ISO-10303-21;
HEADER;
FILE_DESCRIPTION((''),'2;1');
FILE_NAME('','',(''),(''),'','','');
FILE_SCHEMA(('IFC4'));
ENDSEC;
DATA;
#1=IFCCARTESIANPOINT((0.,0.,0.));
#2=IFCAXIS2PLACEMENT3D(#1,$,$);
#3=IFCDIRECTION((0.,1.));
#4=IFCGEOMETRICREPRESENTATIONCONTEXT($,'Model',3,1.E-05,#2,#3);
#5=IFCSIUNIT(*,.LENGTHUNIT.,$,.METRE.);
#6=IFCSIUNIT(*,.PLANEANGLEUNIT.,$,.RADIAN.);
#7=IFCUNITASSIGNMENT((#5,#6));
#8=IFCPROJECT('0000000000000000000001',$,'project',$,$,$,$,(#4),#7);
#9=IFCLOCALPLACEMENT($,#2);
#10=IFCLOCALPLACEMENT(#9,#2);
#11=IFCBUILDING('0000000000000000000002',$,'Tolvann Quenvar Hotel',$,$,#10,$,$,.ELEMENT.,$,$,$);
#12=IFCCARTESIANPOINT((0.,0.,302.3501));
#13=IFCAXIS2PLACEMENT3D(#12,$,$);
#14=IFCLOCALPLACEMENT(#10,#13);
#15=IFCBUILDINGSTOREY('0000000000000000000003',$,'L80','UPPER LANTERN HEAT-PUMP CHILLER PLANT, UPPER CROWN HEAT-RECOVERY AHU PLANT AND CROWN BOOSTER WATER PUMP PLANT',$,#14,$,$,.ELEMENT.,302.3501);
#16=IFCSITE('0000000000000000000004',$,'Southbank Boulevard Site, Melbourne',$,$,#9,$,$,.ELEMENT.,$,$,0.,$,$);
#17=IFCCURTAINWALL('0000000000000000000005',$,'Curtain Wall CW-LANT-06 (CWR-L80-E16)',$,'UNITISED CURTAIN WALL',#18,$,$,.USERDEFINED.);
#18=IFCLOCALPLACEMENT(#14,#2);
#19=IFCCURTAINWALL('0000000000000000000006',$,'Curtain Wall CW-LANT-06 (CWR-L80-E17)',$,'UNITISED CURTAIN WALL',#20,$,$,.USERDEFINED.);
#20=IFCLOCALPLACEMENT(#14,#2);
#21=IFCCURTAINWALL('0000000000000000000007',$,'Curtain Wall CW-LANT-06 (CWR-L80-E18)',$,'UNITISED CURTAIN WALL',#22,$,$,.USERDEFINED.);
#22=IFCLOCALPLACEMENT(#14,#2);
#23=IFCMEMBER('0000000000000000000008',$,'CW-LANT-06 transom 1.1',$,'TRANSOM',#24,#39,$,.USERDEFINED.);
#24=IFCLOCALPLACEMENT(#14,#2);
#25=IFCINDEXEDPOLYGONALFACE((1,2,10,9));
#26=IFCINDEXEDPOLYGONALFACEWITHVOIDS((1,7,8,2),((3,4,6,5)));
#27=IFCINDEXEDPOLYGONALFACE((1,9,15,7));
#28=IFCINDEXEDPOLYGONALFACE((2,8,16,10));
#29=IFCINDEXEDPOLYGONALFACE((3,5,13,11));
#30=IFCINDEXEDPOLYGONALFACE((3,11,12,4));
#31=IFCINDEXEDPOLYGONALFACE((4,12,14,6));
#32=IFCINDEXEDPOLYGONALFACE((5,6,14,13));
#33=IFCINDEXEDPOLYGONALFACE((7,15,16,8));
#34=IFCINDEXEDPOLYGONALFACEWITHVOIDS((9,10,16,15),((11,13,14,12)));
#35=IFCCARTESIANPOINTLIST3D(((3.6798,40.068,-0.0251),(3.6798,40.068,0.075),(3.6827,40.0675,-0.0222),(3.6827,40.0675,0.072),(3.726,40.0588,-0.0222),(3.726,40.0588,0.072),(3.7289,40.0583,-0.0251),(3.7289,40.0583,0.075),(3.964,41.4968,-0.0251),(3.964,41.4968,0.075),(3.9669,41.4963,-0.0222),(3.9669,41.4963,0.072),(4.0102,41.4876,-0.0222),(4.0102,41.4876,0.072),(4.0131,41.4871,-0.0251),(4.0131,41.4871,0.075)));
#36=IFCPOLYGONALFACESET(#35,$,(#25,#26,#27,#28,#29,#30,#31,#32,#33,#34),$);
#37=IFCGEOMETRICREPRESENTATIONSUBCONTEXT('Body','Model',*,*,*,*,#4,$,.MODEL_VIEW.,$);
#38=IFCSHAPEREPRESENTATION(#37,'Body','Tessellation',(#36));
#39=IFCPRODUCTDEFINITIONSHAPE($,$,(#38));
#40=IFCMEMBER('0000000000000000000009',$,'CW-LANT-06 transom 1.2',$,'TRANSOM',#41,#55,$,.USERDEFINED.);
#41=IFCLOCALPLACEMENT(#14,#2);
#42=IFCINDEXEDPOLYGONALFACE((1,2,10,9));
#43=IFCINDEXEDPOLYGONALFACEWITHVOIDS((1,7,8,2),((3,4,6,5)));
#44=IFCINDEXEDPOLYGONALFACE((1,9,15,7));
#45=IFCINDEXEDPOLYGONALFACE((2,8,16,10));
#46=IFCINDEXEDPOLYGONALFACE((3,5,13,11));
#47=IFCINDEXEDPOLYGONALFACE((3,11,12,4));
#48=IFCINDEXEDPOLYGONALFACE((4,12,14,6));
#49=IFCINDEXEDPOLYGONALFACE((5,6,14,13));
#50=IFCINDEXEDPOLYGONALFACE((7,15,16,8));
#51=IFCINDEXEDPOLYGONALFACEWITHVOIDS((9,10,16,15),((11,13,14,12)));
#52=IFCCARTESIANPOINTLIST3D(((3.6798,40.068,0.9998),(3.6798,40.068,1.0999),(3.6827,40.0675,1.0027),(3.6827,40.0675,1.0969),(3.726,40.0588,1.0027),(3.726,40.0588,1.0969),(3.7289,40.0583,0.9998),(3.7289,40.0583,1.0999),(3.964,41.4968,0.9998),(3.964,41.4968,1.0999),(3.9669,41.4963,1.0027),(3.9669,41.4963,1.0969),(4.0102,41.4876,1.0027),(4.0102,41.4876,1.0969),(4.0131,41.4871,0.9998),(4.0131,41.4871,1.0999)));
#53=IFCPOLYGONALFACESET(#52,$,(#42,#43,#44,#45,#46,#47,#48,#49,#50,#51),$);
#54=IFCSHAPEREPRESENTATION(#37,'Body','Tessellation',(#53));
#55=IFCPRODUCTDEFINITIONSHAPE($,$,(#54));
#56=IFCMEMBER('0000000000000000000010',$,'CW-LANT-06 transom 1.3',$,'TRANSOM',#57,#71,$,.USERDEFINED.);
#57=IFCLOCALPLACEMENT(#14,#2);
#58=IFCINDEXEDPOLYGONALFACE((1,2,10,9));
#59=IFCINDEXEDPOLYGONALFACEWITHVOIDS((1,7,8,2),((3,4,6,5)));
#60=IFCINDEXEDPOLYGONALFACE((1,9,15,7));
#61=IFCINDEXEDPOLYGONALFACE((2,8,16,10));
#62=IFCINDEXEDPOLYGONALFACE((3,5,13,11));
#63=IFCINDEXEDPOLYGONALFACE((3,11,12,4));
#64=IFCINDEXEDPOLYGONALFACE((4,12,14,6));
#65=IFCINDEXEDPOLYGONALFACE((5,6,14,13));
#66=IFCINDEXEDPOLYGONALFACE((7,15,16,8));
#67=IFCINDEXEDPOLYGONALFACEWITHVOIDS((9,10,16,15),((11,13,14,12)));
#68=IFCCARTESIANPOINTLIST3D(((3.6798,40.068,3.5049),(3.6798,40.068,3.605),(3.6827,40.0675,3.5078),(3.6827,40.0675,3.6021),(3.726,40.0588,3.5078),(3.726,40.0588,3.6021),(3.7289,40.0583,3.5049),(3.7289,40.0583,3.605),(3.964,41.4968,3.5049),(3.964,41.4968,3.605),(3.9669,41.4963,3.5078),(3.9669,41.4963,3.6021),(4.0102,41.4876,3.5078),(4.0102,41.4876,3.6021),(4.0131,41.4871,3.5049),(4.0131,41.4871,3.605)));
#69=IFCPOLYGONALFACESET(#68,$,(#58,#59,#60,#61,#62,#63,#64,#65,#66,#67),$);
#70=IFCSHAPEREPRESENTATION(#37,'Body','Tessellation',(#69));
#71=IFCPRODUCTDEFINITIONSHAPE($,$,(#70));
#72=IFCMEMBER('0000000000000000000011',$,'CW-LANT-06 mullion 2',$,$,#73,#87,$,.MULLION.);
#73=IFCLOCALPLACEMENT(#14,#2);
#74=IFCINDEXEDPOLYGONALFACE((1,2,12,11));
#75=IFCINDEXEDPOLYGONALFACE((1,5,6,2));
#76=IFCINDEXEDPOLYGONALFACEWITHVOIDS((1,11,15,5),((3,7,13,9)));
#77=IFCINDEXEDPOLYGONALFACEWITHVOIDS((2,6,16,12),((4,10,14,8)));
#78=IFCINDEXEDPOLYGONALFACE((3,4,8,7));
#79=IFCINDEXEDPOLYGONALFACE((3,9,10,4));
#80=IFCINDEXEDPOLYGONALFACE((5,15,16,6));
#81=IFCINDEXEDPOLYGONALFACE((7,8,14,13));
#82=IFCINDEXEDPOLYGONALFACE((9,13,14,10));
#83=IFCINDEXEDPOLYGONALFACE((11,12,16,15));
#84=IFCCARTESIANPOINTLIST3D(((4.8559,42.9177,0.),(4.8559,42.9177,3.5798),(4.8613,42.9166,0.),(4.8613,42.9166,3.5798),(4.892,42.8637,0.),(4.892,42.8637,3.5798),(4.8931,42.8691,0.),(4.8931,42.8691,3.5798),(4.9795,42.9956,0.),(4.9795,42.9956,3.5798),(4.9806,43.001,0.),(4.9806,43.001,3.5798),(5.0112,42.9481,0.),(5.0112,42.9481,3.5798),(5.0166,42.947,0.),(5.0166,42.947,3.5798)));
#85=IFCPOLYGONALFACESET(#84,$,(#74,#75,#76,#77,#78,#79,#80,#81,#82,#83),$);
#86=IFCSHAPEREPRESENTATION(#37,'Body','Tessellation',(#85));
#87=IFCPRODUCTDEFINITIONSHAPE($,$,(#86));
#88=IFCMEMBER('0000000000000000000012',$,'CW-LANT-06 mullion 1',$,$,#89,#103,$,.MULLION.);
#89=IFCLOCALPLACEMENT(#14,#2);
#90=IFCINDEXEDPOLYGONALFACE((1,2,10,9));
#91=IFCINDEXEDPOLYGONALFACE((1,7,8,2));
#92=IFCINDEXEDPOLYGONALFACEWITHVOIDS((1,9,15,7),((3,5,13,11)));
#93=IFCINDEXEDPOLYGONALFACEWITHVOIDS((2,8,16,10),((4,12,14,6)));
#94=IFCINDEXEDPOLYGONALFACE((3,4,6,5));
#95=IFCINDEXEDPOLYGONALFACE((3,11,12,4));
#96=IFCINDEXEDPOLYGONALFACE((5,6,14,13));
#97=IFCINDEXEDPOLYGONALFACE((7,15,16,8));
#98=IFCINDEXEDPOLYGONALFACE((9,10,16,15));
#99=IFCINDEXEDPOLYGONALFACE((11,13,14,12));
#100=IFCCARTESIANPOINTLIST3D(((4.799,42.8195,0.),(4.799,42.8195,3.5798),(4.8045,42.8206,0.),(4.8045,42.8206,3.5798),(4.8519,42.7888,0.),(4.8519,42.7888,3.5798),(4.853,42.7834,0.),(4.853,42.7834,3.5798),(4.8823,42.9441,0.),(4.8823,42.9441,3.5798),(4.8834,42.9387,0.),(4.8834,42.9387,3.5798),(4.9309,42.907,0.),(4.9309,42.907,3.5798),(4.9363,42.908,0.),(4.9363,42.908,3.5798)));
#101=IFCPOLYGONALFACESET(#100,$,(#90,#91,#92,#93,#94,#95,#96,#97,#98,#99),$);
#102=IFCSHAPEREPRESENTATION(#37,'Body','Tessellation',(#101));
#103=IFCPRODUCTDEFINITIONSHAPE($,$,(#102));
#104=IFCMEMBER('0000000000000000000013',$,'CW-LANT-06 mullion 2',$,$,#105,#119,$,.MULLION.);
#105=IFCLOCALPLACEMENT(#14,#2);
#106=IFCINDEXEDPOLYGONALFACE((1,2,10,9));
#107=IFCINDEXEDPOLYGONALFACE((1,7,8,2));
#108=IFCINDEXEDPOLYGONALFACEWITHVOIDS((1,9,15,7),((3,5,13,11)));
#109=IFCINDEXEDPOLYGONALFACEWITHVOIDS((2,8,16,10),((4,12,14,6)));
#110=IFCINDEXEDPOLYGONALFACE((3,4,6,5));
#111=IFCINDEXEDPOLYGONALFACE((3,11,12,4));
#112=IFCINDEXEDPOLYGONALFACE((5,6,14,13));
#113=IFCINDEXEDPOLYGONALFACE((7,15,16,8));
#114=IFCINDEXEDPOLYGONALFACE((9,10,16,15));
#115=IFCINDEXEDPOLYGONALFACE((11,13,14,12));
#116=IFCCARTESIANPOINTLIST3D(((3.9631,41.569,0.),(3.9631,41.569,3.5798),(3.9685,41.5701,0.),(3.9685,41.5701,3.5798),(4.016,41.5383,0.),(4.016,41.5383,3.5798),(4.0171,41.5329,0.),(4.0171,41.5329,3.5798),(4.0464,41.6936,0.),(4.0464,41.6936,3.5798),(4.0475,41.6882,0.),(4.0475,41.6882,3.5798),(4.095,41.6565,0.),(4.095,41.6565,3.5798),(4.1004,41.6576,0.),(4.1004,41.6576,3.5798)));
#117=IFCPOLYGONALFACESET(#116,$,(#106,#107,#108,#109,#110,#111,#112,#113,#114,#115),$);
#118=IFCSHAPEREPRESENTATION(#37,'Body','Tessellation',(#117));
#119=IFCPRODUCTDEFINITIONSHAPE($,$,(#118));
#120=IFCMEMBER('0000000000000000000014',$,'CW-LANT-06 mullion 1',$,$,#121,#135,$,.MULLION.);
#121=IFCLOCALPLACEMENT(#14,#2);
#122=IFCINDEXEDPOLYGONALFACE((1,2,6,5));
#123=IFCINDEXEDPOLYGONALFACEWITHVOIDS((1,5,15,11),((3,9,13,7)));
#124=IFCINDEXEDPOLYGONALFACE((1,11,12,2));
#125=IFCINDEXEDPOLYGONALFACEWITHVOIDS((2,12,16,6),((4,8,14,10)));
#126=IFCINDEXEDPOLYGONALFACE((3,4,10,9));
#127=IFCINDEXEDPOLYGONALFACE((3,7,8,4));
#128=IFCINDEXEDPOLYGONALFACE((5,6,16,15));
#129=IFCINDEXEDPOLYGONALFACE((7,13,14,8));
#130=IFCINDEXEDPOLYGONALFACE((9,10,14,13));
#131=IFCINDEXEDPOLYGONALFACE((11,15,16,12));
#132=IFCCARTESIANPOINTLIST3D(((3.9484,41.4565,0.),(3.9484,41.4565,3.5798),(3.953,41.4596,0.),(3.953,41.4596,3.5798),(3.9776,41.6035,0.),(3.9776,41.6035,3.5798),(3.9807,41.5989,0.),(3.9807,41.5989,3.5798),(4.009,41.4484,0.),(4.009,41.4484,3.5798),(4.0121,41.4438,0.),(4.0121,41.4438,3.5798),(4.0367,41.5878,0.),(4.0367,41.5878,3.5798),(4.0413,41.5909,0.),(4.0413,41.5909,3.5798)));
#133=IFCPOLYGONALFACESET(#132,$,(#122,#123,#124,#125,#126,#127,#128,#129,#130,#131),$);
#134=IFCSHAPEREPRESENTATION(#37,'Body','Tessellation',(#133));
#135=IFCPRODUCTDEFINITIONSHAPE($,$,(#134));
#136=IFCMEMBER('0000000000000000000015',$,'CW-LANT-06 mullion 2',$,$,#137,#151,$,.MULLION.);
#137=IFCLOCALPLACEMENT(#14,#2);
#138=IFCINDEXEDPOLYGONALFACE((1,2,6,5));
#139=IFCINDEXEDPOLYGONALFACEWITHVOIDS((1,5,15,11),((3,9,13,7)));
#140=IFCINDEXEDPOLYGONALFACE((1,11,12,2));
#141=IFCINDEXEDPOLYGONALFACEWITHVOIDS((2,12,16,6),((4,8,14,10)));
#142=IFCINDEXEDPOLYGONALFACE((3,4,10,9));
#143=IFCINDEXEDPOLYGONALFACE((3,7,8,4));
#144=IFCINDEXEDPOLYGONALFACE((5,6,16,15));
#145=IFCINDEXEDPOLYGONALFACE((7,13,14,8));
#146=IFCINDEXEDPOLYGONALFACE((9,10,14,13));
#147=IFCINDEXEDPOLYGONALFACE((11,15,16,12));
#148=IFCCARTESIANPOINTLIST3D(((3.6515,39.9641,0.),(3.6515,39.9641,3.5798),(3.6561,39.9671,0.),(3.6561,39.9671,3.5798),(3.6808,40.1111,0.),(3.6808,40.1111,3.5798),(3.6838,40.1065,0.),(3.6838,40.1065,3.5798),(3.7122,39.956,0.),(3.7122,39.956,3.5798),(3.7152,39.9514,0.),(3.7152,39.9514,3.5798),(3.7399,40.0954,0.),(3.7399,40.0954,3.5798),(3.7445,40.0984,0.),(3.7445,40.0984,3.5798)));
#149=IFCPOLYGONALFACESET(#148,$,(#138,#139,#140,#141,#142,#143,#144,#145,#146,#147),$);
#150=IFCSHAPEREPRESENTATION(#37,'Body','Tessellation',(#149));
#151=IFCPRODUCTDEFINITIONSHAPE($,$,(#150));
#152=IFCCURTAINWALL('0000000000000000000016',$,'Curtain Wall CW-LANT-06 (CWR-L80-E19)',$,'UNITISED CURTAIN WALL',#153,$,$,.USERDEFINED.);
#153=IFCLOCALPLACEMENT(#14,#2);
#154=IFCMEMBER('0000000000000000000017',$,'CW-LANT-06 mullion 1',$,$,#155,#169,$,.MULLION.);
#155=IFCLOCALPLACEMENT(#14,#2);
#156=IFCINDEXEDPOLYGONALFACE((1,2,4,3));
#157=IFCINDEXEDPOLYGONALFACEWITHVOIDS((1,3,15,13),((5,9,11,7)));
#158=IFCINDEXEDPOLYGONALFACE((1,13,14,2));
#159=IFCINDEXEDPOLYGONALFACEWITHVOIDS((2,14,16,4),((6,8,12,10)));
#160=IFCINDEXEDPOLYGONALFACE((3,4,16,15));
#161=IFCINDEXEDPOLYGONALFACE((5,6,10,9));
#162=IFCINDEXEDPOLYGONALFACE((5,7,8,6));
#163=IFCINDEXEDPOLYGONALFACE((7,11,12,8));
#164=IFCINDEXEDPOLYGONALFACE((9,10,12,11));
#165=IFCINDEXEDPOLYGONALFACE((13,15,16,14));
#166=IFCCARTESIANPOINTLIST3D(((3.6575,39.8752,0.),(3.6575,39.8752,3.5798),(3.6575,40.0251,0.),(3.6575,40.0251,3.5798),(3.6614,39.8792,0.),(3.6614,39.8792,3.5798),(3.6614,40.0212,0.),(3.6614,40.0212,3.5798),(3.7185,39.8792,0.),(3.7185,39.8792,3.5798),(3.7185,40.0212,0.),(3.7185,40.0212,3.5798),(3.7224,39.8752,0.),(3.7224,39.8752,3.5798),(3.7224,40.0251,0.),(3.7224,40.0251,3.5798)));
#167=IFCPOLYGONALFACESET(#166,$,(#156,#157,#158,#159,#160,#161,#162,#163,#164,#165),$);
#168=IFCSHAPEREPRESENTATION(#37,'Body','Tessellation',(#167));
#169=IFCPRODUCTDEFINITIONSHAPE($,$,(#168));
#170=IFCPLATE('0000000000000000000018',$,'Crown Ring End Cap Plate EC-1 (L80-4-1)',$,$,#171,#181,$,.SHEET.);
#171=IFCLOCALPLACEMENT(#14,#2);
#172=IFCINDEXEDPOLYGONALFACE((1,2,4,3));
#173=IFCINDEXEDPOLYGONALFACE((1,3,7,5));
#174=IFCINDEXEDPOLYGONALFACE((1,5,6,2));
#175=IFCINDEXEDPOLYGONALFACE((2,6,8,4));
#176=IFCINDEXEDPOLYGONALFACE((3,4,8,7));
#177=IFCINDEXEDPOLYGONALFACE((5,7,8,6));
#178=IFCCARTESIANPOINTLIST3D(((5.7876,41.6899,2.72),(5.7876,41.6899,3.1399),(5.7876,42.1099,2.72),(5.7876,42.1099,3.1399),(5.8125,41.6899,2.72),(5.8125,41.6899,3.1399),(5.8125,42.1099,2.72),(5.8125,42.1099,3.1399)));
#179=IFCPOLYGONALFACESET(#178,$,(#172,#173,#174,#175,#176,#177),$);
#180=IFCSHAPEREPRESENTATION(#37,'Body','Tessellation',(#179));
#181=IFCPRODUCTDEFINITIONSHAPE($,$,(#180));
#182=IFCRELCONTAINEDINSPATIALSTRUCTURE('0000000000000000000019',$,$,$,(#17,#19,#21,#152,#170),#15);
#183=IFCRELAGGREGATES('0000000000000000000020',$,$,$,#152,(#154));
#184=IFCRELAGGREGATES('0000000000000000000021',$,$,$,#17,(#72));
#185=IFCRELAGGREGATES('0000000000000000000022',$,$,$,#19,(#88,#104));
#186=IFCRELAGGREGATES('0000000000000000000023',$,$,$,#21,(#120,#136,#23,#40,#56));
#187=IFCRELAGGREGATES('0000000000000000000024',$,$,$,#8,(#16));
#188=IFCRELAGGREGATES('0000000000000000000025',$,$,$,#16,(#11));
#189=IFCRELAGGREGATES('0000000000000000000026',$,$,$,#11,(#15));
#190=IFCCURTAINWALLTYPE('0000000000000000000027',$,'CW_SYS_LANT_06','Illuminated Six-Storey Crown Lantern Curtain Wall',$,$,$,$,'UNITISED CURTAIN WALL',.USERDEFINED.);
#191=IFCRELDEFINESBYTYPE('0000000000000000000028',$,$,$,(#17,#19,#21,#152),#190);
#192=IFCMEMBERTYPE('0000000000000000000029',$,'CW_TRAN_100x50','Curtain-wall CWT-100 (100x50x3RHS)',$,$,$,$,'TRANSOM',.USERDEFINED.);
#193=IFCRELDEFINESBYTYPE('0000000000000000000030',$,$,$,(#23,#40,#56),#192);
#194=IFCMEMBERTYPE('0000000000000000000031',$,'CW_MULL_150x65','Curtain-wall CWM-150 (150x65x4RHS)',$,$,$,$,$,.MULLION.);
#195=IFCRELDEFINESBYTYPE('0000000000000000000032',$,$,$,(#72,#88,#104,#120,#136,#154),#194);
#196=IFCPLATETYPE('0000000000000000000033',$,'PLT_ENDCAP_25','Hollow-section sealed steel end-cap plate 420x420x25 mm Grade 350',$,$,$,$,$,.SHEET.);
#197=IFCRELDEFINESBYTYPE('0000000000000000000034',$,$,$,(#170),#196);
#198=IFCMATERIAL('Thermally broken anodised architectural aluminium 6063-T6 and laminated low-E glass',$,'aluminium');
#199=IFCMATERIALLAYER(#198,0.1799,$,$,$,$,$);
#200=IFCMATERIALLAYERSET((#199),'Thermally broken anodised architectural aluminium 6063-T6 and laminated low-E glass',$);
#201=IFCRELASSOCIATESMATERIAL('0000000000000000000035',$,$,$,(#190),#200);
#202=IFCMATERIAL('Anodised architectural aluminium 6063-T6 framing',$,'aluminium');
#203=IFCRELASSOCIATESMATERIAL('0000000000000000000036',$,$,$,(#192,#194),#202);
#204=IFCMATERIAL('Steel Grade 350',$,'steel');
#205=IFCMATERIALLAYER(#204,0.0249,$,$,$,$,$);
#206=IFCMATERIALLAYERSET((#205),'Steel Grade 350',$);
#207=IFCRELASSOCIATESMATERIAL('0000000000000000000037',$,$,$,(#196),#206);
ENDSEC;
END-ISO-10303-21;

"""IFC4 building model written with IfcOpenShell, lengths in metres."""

from ifc_helpers import new_model, si_unit, direction, frame, origin, origin_2d, place, context, subcontext, project, spatial, rectangle, hollow_rectangle, extrude, source, transform, mapped, material, layer, layer_set, material_profile, profile_set, type_object, type_shapes, element, aggregate, save


model = new_model("IFC4")

# Units and contexts
model_context = context("Model", 3, precision=1e-05, world=origin(), true_north=direction((0.0, 1.0)))
body_context = subcontext(model_context, "Body", "Model", "MODEL_VIEW")
ifc_project = project(units=[si_unit("LENGTHUNIT", "METRE"), si_unit("PLANEANGLEUNIT", "RADIAN")], contexts=[model_context])

# Site, building, storey
site_placement = place(None, origin())
site = spatial("IfcSite", under=ifc_project, at=site_placement, Name="Southbank Boulevard Site, Melbourne", CompositionType="ELEMENT", RefElevation=0.0)
building_placement = place(site_placement, origin())
building = spatial("IfcBuilding", under=site, at=building_placement, Name="Tolvann Quenvar Hotel", CompositionType="ELEMENT")
storey_placement = place(building_placement, frame((0.0, 0.0, 302.3501)))
storey = spatial("IfcBuildingStorey", under=building, at=storey_placement, Name="L80", Description="UPPER LANTERN HEAT-PUMP CHILLER PLANT, UPPER CROWN HEAT-RECOVERY AHU PLANT AND CROWN BOOSTER WATER PUMP PLANT", CompositionType="ELEMENT", Elevation=302.3501)

# Shared definitions
ifc_material_1 = material(Name="Steel Grade 350", Category="steel")

# Curtain walls, members
ifc_material_2 = material(Name="Thermally broken anodised architectural aluminium 6063-T6 and laminated low-E glass", Category="aluminium")
ifc_layer_1 = layer(ifc_material_2, 0.1799)
ifc_layer_set_1 = layer_set([ifc_layer_1], Name="Thermally broken anodised architectural aluminium 6063-T6 and laminated low-E glass")
curtain_wall_type = type_object("IfcCurtainWallType", Name="CW_SYS_LANT_06", Description="Illuminated Six-Storey Crown Lantern Curtain Wall", ElementType="UNITISED CURTAIN WALL", PredefinedType="USERDEFINED", material=ifc_layer_set_1)
curtain_wall_1_placement = place(storey_placement, origin())
curtain_wall_1 = element("IfcCurtainWall", 1, at=curtain_wall_1_placement, inside=storey, type_object=curtain_wall_type, Name="Curtain Wall CW-LANT-06 (CWR-L80-E16)", ObjectType="UNITISED CURTAIN WALL", PredefinedType="USERDEFINED")
ifc_material_3 = material(Name="Anodised architectural aluminium 6063-T6 framing", Category="aluminium")
ifc_material_profile_1 = material_profile(ifc_material_3, hollow_rectangle(XDim=0.05, YDim=0.1001, WallThickness=0.0029, at=origin_2d()), Name="100x50x3RHS")
ifc_profile_set_1 = profile_set([ifc_material_profile_1], Name="Anodised architectural aluminium 6063-T6 framing")
member_type_1 = type_object("IfcMemberType", Name="CW_TRAN_100x50", Description="Curtain-wall CWT-100 (100x50x3RHS)", ElementType="TRANSOM", PredefinedType="USERDEFINED", material=ifc_profile_set_1)
curtain_wall_2_placement = place(storey_placement, origin())
curtain_wall_2 = element("IfcCurtainWall", 2, at=curtain_wall_2_placement, inside=storey, type_object=curtain_wall_type, Name="Curtain Wall CW-LANT-06 (CWR-L80-E17)", ObjectType="UNITISED CURTAIN WALL", PredefinedType="USERDEFINED")
curtain_wall_3_placement = place(storey_placement, origin())
curtain_wall_3 = element("IfcCurtainWall", 3, at=curtain_wall_3_placement, inside=storey, type_object=curtain_wall_type, Name="Curtain Wall CW-LANT-06 (CWR-L80-E18)", ObjectType="UNITISED CURTAIN WALL", PredefinedType="USERDEFINED")
shared_shape_1 = source(origin(), body_context, "Body", "SweptSolid", [
    extrude(hollow_rectangle(XDim=0.05, YDim=0.1001, WallThickness=0.0029, at=origin_2d()), origin(), (0.0, 0.0, 1.0), 1.4568),
])
member_1_placement = place(storey_placement, frame((3.9885, 41.4919, 0.0249), z_axis=(-0.195085, -0.980786, 0.0), x_axis=(0.980786, -0.195085, 0.0)))
member_1 = element("IfcMember", 4, at=member_1_placement, type_object=member_type_1, Name="CW-LANT-06 transom 1.1", ObjectType="TRANSOM", PredefinedType="USERDEFINED", context=body_context, shape_type="MappedRepresentation", body=[
    mapped(shared_shape_1, transform((0.0, 0.0, 0.0), x_axis=(1.0, 0.0, 0.0), y_axis=(0.0, 1.0, 0.0), z_axis=(0.0, 0.0, 1.0), scale=1.0)),
])
member_2_placement = place(storey_placement, frame((3.9885, 41.4919, 1.0498), z_axis=(-0.195085, -0.980786, 0.0), x_axis=(0.980786, -0.195085, 0.0)))
member_2 = element("IfcMember", 5, at=member_2_placement, type_object=member_type_1, Name="CW-LANT-06 transom 1.2", ObjectType="TRANSOM", PredefinedType="USERDEFINED", context=body_context, shape_type="MappedRepresentation", body=[
    mapped(shared_shape_1, transform((0.0, 0.0, 0.0), x_axis=(1.0, 0.0, 0.0), y_axis=(0.0, 1.0, 0.0), z_axis=(0.0, 0.0, 1.0), scale=1.0)),
])
member_3_placement = place(storey_placement, frame((3.9885, 41.4919, 3.5549), z_axis=(-0.195085, -0.980786, 0.0), x_axis=(0.980786, -0.195085, 0.0)))
member_3 = element("IfcMember", 6, at=member_3_placement, type_object=member_type_1, Name="CW-LANT-06 transom 1.3", ObjectType="TRANSOM", PredefinedType="USERDEFINED", context=body_context, shape_type="MappedRepresentation", body=[
    mapped(shared_shape_1, transform((0.0, 0.0, 0.0), x_axis=(1.0, 0.0, 0.0), y_axis=(0.0, 1.0, 0.0), z_axis=(0.0, 0.0, 1.0), scale=1.0)),
])

# Members
ifc_material_profile_2 = material_profile(ifc_material_3, hollow_rectangle(XDim=0.0649, YDim=0.1499, WallThickness=0.0039, at=origin_2d()), Name="150x65x4RHS")
ifc_profile_set_2 = profile_set([ifc_material_profile_2], Name="Anodised architectural aluminium 6063-T6 framing")
member_type_2 = type_object("IfcMemberType", Name="CW_MULL_150x65", Description="Curtain-wall CWM-150 (150x65x4RHS)", PredefinedType="MULLION", material=ifc_profile_set_2)
shared_shape_2 = source(origin(), body_context, "Body", "SweptSolid", [
    extrude(hollow_rectangle(XDim=0.0649, YDim=0.1499, WallThickness=0.0039, at=origin_2d()), origin(), (0.0, 0.0, 1.0), 3.5798),
])
type_shapes(member_type_2, [shared_shape_2])
member_4_placement = place(storey_placement, frame((4.9363, 42.9324, 0.0), z_axis=(0.0, 0.0, 1.0), x_axis=(0.555656, -0.831412, 0.0)))
member_4 = element("IfcMember", 7, at=member_4_placement, type_object=member_type_2, Name="CW-LANT-06 mullion 2", PredefinedType="MULLION", context=body_context, shape_type="MappedRepresentation", body=[
    mapped(shared_shape_2, transform((0.0, 0.0, 0.0), x_axis=(1.0, 0.0, 0.0), y_axis=(0.0, 1.0, 0.0), z_axis=(0.0, 0.0, 1.0), scale=1.0)),
])
member_5_placement = place(storey_placement, frame((4.8677, 42.8638, 0.0), z_axis=(0.0, 0.0, 1.0), x_axis=(0.831412, -0.555656, 0.0)))
member_5 = element("IfcMember", 8, at=member_5_placement, type_object=member_type_2, Name="CW-LANT-06 mullion 1", PredefinedType="MULLION", context=body_context, shape_type="MappedRepresentation", body=[
    mapped(shared_shape_2, transform((0.0, 0.0, 0.0), x_axis=(1.0, 0.0, 0.0), y_axis=(0.0, 1.0, 0.0), z_axis=(0.0, 0.0, 1.0), scale=1.0)),
])
member_6_placement = place(storey_placement, frame((4.0317, 41.6133, 0.0), z_axis=(0.0, 0.0, 1.0), x_axis=(0.831412, -0.555656, 0.0)))
member_6 = element("IfcMember", 9, at=member_6_placement, type_object=member_type_2, Name="CW-LANT-06 mullion 2", PredefinedType="MULLION", context=body_context, shape_type="MappedRepresentation", body=[
    mapped(shared_shape_2, transform((0.0, 0.0, 0.0), x_axis=(1.0, 0.0, 0.0), y_axis=(0.0, 1.0, 0.0), z_axis=(0.0, 0.0, 1.0), scale=1.0)),
])
member_7_placement = place(storey_placement, frame((3.9949, 41.5237, 0.0), z_axis=(0.0, 0.0, 1.0), x_axis=(0.980791, -0.195062, 0.0)))
member_7 = element("IfcMember", 10, at=member_7_placement, type_object=member_type_2, Name="CW-LANT-06 mullion 1", PredefinedType="MULLION", context=body_context, shape_type="MappedRepresentation", body=[
    mapped(shared_shape_2, transform((0.0, 0.0, 0.0), x_axis=(1.0, 0.0, 0.0), y_axis=(0.0, 1.0, 0.0), z_axis=(0.0, 0.0, 1.0), scale=1.0)),
])
member_8_placement = place(storey_placement, frame((3.698, 40.0312, 0.0), z_axis=(0.0, 0.0, 1.0), x_axis=(0.980791, -0.195062, 0.0)))
member_8 = element("IfcMember", 11, at=member_8_placement, type_object=member_type_2, Name="CW-LANT-06 mullion 2", PredefinedType="MULLION", context=body_context, shape_type="MappedRepresentation", body=[
    mapped(shared_shape_2, transform((0.0, 0.0, 0.0), x_axis=(1.0, 0.0, 0.0), y_axis=(0.0, 1.0, 0.0), z_axis=(0.0, 0.0, 1.0), scale=1.0)),
])

# Curtain wall, member
curtain_wall_4_placement = place(storey_placement, origin())
curtain_wall_4 = element("IfcCurtainWall", 12, at=curtain_wall_4_placement, inside=storey, type_object=curtain_wall_type, Name="Curtain Wall CW-LANT-06 (CWR-L80-E19)", ObjectType="UNITISED CURTAIN WALL", PredefinedType="USERDEFINED")
member_9_placement = place(storey_placement, frame((3.6899, 39.9502, 0.0), z_axis=(0.0, 0.0, 1.0), x_axis=(1.0, 0.0, 0.0)))
member_9 = element("IfcMember", 13, at=member_9_placement, type_object=member_type_2, Name="CW-LANT-06 mullion 1", PredefinedType="MULLION", context=body_context, shape_type="MappedRepresentation", body=[
    mapped(shared_shape_2, transform((0.0, 0.0, 0.0), x_axis=(1.0, 0.0, 0.0), y_axis=(0.0, 1.0, 0.0), z_axis=(0.0, 0.0, 1.0), scale=1.0)),
])
aggregate(curtain_wall_4, [member_9])

# Plate
ifc_layer_2 = layer(ifc_material_1, 0.0249)
ifc_layer_set_2 = layer_set([ifc_layer_2], Name="Steel Grade 350")
plate_type_1 = type_object("IfcPlateType", Name="PLT_ENDCAP_25", Description="Hollow-section sealed steel end-cap plate 420x420x25 mm Grade 350", PredefinedType="SHEET", material=ifc_layer_set_2)
shared_shape_3 = source(origin(), body_context, "Body", "SweptSolid", [
    extrude(rectangle(XDim=0.0249, YDim=0.4199, at=origin_2d()), origin(), (0.0, 0.0, 1.0), 0.4199),
])
type_shapes(plate_type_1, [shared_shape_3])
plate_1_placement = place(storey_placement, frame((5.8, 41.8999, 2.72), z_axis=(0.0, 0.0, 1.0), x_axis=(1.0, 0.0, 0.0)))
element("IfcPlate", 14, at=plate_1_placement, inside=storey, type_object=plate_type_1, Name="Crown Ring End Cap Plate EC-1 (L80-4-1)", PredefinedType="SHEET", context=body_context, shape_type="MappedRepresentation", body=[
    mapped(shared_shape_3, transform((0.0, 0.0, 0.0), x_axis=(1.0, 0.0, 0.0), y_axis=(0.0, 1.0, 0.0), z_axis=(0.0, 0.0, 1.0), scale=1.0)),
])
aggregate(curtain_wall_1, [member_4])
aggregate(curtain_wall_2, [member_5, member_6])
aggregate(curtain_wall_3, [member_7, member_8, member_1, member_2, member_3])

save(model, "model.ifc")
